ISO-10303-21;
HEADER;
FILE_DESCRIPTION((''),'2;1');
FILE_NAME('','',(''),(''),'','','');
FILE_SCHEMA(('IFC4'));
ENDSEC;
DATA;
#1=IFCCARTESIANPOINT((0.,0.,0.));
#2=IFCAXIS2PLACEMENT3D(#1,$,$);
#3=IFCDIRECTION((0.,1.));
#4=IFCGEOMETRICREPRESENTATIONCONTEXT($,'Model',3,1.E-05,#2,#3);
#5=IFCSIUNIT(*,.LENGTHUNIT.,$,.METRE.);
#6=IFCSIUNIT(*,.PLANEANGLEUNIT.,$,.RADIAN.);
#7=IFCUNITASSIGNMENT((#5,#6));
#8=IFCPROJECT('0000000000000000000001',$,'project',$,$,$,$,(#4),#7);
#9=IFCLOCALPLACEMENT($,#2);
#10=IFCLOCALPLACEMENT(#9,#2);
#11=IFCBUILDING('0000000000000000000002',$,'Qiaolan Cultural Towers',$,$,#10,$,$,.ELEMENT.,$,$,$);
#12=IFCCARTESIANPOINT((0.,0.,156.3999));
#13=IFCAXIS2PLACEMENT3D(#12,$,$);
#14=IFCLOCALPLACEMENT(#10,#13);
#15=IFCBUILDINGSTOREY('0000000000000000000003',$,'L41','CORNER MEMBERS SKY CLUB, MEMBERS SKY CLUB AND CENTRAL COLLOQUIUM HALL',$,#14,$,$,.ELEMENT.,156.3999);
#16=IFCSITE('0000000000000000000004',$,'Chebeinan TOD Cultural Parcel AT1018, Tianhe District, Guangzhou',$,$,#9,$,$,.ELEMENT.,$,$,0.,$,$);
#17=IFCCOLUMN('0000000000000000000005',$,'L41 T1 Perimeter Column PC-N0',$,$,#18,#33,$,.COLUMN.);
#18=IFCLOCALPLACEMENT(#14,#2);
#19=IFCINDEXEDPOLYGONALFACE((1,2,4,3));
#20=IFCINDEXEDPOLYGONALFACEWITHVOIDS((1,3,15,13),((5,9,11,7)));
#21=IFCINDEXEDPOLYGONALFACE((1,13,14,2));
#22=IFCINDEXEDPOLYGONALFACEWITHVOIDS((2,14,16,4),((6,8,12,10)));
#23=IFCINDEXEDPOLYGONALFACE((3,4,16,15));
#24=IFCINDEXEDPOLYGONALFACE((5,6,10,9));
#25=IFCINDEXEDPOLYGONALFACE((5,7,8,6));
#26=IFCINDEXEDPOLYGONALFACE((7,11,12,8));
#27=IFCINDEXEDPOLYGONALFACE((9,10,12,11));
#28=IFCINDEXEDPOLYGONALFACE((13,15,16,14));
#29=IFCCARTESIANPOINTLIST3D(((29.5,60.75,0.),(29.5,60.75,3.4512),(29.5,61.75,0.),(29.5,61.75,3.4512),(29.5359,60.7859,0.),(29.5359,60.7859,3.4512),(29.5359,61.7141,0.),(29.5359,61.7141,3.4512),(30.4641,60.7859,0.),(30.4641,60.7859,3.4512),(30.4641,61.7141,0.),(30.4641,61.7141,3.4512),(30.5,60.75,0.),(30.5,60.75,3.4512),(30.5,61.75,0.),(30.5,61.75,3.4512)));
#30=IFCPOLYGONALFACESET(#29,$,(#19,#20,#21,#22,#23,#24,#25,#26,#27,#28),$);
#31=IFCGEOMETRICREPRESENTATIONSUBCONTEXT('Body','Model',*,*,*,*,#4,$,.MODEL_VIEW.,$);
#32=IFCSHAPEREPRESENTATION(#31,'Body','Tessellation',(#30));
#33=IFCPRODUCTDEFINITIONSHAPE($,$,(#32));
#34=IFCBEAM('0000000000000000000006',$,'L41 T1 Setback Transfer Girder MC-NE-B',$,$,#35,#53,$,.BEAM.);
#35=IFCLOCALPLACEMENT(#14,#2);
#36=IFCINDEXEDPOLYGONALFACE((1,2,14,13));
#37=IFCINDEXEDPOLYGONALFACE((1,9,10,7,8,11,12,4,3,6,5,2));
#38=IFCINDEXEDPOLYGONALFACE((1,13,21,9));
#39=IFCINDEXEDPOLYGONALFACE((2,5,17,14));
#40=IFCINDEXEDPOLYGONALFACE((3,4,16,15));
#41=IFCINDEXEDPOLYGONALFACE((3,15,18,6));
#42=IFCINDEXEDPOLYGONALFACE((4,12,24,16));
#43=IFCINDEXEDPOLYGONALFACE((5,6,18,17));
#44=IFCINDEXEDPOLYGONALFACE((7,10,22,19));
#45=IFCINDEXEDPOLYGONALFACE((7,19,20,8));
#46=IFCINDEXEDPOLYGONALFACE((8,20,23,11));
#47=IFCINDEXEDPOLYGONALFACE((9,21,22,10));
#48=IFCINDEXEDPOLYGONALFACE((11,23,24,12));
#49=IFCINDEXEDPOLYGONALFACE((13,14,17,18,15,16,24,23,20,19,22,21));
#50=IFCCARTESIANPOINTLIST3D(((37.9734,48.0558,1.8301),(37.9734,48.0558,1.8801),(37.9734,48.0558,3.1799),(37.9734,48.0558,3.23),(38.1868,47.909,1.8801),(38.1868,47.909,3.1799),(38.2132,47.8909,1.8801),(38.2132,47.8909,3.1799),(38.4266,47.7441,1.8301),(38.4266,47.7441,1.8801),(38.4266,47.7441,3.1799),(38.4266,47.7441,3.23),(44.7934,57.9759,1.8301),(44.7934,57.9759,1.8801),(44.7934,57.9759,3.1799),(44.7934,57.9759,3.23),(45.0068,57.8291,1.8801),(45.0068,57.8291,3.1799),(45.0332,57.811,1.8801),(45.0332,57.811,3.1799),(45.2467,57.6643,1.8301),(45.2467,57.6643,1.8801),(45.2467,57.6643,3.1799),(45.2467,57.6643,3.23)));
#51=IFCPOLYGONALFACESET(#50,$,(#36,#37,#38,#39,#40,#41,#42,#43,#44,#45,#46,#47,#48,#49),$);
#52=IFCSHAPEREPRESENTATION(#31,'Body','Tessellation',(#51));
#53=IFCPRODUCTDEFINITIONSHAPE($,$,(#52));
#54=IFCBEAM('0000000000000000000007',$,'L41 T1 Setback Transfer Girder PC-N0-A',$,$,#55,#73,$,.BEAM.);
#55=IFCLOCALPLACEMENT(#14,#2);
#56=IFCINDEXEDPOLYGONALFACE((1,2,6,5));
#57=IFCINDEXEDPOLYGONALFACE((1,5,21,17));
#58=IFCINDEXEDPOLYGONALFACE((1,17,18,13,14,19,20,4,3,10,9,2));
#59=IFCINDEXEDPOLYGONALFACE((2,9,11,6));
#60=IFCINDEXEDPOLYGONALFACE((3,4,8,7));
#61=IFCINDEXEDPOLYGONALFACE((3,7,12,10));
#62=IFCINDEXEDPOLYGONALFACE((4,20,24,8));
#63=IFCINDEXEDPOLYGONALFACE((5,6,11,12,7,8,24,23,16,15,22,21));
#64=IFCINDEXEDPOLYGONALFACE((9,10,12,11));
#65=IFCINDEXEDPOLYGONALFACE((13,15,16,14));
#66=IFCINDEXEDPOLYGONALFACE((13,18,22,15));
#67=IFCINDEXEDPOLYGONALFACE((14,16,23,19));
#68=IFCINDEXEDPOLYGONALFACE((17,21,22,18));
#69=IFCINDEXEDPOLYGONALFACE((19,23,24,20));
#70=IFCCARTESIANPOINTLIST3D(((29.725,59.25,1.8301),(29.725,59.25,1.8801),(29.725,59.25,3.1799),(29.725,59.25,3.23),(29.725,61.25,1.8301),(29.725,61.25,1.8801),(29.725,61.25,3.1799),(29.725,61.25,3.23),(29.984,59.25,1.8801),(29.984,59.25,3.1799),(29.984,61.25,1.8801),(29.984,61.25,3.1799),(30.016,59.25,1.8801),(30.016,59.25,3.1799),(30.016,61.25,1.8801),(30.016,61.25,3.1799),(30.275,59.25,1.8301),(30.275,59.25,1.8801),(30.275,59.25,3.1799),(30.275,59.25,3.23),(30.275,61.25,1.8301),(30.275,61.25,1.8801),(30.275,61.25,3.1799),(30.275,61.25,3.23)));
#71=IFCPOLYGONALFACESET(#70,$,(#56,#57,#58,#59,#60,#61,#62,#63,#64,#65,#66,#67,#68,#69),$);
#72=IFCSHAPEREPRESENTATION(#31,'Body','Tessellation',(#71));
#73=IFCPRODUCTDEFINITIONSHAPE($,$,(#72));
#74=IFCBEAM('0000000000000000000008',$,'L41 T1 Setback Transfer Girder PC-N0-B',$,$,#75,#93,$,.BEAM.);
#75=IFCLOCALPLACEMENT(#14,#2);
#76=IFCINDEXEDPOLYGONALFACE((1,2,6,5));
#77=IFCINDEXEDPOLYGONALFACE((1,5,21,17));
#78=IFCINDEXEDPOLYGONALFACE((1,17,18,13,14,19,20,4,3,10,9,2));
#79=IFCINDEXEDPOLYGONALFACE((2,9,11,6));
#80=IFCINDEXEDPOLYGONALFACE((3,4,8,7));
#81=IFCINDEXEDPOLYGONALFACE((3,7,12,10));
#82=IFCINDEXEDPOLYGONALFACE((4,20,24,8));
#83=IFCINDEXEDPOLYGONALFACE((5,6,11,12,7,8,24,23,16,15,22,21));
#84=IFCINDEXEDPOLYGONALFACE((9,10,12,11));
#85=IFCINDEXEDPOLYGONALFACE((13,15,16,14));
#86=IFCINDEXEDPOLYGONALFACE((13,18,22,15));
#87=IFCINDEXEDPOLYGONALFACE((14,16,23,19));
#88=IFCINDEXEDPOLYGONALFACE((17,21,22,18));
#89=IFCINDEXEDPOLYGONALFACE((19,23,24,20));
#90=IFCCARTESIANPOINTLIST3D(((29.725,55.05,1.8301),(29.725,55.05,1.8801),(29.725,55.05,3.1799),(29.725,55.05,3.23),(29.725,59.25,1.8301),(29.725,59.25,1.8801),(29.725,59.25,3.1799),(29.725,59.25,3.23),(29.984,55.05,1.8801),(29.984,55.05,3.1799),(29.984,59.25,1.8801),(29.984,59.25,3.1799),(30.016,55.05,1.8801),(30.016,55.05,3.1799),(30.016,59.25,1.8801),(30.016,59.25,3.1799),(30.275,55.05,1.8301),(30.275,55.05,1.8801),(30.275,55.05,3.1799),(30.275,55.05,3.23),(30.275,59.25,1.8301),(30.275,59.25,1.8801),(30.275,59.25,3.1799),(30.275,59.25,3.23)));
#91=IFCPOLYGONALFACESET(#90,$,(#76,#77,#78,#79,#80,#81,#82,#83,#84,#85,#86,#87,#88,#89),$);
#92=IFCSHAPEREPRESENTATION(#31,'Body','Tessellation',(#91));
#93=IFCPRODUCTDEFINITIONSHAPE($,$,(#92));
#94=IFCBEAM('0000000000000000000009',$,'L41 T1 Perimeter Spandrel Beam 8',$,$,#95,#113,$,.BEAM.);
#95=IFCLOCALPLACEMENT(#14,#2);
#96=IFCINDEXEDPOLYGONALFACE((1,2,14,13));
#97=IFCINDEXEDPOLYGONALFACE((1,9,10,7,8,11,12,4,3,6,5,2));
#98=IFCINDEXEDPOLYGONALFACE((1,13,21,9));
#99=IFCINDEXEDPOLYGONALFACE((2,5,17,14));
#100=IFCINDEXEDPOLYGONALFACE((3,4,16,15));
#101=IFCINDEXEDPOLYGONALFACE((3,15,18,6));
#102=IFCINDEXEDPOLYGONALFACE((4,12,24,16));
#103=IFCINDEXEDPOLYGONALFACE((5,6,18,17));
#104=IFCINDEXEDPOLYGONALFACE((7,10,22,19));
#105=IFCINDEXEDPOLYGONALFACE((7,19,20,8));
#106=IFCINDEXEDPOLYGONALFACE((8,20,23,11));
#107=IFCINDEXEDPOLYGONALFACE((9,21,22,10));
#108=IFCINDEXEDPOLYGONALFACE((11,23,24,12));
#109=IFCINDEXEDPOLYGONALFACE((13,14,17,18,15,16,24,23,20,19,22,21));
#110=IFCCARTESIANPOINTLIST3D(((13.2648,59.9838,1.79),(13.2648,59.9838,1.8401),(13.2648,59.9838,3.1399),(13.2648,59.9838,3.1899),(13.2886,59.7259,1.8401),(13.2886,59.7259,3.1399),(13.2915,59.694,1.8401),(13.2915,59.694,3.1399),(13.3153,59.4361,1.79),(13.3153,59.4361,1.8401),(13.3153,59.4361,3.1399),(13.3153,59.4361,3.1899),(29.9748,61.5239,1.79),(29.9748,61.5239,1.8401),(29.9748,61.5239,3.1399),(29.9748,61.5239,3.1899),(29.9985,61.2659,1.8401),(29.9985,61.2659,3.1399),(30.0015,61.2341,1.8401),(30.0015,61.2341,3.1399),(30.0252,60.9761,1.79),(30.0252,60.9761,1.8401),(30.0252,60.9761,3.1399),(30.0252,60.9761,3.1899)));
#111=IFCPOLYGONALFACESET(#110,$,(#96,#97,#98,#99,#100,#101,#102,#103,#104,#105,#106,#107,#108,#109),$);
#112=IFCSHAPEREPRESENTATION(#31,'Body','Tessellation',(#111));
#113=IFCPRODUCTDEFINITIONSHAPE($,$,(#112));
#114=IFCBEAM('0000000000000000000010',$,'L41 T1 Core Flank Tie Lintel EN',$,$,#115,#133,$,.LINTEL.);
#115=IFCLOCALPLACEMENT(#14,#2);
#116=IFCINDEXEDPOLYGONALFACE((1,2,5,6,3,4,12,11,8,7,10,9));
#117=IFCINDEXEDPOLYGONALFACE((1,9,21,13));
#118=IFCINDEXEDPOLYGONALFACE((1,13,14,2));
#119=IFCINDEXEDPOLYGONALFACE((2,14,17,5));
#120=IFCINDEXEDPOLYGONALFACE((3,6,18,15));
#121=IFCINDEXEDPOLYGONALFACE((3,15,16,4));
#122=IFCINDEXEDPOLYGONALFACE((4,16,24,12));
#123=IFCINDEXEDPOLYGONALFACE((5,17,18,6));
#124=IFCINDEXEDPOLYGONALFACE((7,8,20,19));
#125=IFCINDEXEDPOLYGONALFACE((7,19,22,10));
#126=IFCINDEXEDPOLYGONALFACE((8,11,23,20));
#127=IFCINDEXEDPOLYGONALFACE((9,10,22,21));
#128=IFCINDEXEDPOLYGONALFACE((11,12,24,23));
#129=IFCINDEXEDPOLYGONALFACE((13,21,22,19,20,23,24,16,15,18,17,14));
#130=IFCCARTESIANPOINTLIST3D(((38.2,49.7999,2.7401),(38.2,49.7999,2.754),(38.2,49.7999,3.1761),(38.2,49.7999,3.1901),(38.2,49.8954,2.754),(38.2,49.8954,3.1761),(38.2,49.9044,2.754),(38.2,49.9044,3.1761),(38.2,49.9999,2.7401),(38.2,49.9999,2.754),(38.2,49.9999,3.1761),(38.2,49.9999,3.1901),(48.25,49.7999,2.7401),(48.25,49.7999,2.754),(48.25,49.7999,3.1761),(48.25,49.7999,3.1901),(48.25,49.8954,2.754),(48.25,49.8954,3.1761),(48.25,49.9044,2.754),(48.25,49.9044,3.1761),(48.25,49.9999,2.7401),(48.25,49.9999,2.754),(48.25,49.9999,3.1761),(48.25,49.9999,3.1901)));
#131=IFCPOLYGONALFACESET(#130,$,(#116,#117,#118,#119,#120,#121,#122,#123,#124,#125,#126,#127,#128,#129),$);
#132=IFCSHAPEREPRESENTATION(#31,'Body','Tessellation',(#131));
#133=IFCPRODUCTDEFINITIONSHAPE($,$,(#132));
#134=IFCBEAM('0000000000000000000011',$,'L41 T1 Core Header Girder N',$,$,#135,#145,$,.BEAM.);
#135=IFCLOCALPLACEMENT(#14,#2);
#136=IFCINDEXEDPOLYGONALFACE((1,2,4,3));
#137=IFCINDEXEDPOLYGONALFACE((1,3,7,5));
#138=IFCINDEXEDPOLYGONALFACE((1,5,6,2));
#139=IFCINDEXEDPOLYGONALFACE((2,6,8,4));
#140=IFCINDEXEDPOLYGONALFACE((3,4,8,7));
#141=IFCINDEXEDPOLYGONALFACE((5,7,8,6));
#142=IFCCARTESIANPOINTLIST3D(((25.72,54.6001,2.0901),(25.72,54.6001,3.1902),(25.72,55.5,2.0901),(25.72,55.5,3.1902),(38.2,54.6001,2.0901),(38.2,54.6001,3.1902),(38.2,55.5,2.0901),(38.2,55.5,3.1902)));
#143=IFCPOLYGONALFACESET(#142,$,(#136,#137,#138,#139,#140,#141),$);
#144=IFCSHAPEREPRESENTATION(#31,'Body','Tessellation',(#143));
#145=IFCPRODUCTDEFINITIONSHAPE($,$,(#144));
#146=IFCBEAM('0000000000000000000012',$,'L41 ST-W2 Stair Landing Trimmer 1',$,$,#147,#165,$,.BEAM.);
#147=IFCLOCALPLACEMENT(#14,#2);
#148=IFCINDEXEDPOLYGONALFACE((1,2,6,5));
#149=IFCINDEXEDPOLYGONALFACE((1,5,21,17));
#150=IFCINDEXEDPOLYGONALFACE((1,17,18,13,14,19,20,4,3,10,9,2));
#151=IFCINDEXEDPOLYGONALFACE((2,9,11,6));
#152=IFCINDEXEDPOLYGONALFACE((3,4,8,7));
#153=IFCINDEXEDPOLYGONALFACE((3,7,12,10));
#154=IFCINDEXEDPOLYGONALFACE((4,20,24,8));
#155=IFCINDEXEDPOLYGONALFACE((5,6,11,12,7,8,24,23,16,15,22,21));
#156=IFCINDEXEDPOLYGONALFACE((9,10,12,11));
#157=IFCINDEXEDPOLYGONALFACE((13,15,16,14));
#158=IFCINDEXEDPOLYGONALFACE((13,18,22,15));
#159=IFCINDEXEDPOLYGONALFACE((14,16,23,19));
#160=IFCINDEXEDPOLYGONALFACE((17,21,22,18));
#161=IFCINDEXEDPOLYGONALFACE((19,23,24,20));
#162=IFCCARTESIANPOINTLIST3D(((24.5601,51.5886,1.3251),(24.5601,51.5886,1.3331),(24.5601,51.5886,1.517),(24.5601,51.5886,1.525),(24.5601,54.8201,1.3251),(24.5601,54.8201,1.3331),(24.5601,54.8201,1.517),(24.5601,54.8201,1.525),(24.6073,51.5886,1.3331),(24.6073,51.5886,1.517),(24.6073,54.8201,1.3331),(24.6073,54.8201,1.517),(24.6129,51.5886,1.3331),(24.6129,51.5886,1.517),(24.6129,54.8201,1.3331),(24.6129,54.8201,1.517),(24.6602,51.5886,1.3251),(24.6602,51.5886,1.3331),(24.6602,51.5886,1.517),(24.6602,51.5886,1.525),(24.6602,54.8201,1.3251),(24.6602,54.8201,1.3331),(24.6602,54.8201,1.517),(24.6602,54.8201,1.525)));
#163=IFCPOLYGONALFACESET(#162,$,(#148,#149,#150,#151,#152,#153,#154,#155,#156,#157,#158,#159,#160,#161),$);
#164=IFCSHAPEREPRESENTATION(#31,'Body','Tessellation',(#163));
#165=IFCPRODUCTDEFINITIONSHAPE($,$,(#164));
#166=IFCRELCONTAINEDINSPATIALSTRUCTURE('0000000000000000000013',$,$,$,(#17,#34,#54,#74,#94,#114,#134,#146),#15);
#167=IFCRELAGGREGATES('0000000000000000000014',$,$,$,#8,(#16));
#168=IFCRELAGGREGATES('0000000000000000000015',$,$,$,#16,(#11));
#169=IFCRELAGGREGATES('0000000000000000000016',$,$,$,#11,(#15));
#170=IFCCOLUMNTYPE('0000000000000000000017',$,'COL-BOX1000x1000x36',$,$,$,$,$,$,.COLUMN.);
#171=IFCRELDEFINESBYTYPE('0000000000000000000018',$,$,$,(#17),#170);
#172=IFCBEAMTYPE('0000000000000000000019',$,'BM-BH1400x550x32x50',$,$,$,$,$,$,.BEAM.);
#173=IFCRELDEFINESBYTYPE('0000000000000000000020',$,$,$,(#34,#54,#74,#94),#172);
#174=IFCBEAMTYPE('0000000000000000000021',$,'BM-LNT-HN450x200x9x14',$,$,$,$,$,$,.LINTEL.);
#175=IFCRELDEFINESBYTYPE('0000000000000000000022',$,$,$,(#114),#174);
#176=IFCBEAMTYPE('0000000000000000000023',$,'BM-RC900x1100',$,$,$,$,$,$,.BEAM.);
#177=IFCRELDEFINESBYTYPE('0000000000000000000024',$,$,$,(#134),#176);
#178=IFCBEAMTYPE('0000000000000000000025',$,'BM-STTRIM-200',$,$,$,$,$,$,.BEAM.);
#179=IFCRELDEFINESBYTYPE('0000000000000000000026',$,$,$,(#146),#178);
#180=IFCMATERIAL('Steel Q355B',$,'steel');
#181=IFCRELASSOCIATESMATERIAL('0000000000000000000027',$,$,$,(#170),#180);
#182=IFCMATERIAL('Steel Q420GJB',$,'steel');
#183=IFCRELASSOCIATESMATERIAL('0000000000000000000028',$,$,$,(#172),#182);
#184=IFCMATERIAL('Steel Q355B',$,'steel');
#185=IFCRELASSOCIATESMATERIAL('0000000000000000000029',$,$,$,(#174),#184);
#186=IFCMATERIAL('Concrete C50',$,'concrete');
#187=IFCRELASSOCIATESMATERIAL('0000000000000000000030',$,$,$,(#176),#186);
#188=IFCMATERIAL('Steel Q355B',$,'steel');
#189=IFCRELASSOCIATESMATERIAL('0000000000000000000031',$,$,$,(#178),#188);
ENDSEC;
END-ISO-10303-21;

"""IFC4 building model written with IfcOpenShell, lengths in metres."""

from ifc_helpers import new_model, si_unit, direction, frame, origin, origin_2d, place, context, subcontext, project, spatial, rectangle, hollow_rectangle, i_section, extrude, material, material_profile, profile_set, type_object, element, save


model = new_model("IFC4")

# Units and contexts
model_context = context("Model", 3, precision=1e-05, world=origin(), true_north=direction((0.0, 1.0)))
body_context = subcontext(model_context, "Body", "Model", "MODEL_VIEW")
ifc_project = project(units=[si_unit("LENGTHUNIT", "METRE"), si_unit("PLANEANGLEUNIT", "RADIAN")], contexts=[model_context])

# Site, building, storey
site_placement = place(None, origin())
site = spatial("IfcSite", under=ifc_project, at=site_placement, Name="Chebeinan TOD Cultural Parcel AT1018, Tianhe District, Guangzhou", CompositionType="ELEMENT", RefElevation=0.0)
building_placement = place(site_placement, origin())
building = spatial("IfcBuilding", under=site, at=building_placement, Name="Qiaolan Cultural Towers", CompositionType="ELEMENT")
storey_placement = place(building_placement, frame((0.0, 0.0, 156.3999)))
storey = spatial("IfcBuildingStorey", under=building, at=storey_placement, Name="L41", Description="CORNER MEMBERS SKY CLUB, MEMBERS SKY CLUB AND CENTRAL COLLOQUIUM HALL", CompositionType="ELEMENT", Elevation=156.3999)

# Column
ifc_material_1 = material(Name="Steel Q355B", Category="steel")
ifc_material_profile_1 = material_profile(ifc_material_1, hollow_rectangle(XDim=1.0, YDim=1.0, WallThickness=0.0359, at=origin_2d()), Name="BOX1000x1000x36")
ifc_profile_set_1 = profile_set([ifc_material_profile_1], Name="Steel Q355B")
column_type = type_object("IfcColumnType", Name="COL-BOX1000x1000x36", PredefinedType="COLUMN", material=ifc_profile_set_1)
column_placement = place(storey_placement, frame((30.0, 61.25, 0.0), z_axis=(0.0, 0.0, 1.0), x_axis=(1.0, 0.0, 0.0)))
element("IfcColumn", 1, at=column_placement, inside=storey, type_object=column_type, Name="L41 T1 Perimeter Column PC-N0", PredefinedType="COLUMN", context=body_context, shape_type="SweptSolid", body=[
    extrude(hollow_rectangle(XDim=1.0, YDim=1.0, WallThickness=0.0359, at=origin_2d()), origin(), (0.0, 0.0, 1.0), 3.4512),
])

# Beams
ifc_material_2 = material(Name="Steel Q420GJB", Category="steel")
ifc_material_profile_2 = material_profile(ifc_material_2, i_section(OverallWidth=0.55, OverallDepth=1.3999, WebThickness=0.032, FlangeThickness=0.05, at=origin_2d()), Name="BH1400x550x32x50")
ifc_profile_set_2 = profile_set([ifc_material_profile_2], Name="Steel Q420GJB")
beam_type_1 = type_object("IfcBeamType", Name="BM-BH1400x550x32x50", PredefinedType="BEAM", material=ifc_profile_set_2)
beam_1_placement = place(storey_placement, frame((45.02, 57.8201, 2.53), z_axis=(-0.566526, -0.824044, 0.0), x_axis=(0.824044, -0.566526, 0.0)))
element("IfcBeam", 2, at=beam_1_placement, inside=storey, type_object=beam_type_1, Name="L41 T1 Setback Transfer Girder MC-NE-B", PredefinedType="BEAM", context=body_context, shape_type="SweptSolid", body=[
    extrude(i_section(OverallWidth=0.55, OverallDepth=1.3999, WebThickness=0.032, FlangeThickness=0.05, at=origin_2d()), origin(), (0.0, 0.0, 1.0), 12.0383),
])
beam_2_placement = place(storey_placement, frame((30.0, 61.25, 2.53), z_axis=(0.0, -1.0, 0.0), x_axis=(1.0, 0.0, 0.0)))
element("IfcBeam", 3, at=beam_2_placement, inside=storey, type_object=beam_type_1, Name="L41 T1 Setback Transfer Girder PC-N0-A", PredefinedType="BEAM", context=body_context, shape_type="SweptSolid", body=[
    extrude(i_section(OverallWidth=0.55, OverallDepth=1.3999, WebThickness=0.032, FlangeThickness=0.05, at=origin_2d()), origin(), (0.0, 0.0, 1.0), 2.0),
])
beam_3_placement = place(storey_placement, frame((30.0, 59.25, 2.53), z_axis=(0.0, -1.0, 0.0), x_axis=(1.0, 0.0, 0.0)))
element("IfcBeam", 4, at=beam_3_placement, inside=storey, type_object=beam_type_1, Name="L41 T1 Setback Transfer Girder PC-N0-B", PredefinedType="BEAM", context=body_context, shape_type="SweptSolid", body=[
    extrude(i_section(OverallWidth=0.55, OverallDepth=1.3999, WebThickness=0.032, FlangeThickness=0.05, at=origin_2d()), origin(), (0.0, 0.0, 1.0), 4.2),
])
beam_4_placement = place(storey_placement, frame((30.0, 61.25, 2.49), z_axis=(-0.99578, -0.091774, 0.0), x_axis=(0.091774, -0.99578, 0.0)))
element("IfcBeam", 5, at=beam_4_placement, inside=storey, type_object=beam_type_1, Name="L41 T1 Perimeter Spandrel Beam 8", PredefinedType="BEAM", context=body_context, shape_type="SweptSolid", body=[
    extrude(i_section(OverallWidth=0.55, OverallDepth=1.3999, WebThickness=0.032, FlangeThickness=0.05, at=origin_2d()), origin(), (0.0, 0.0, 1.0), 16.7808),
])
ifc_material_3 = material(Name="Steel Q355B", Category="steel")
ifc_material_profile_3 = material_profile(ifc_material_3, i_section(OverallWidth=0.2, OverallDepth=0.45, WebThickness=0.009, FlangeThickness=0.0139, at=origin_2d()), Name="HN450x200x9x14")
ifc_profile_set_3 = profile_set([ifc_material_profile_3], Name="Steel Q355B")
beam_type_2 = type_object("IfcBeamType", Name="BM-LNT-HN450x200x9x14", PredefinedType="LINTEL", material=ifc_profile_set_3)
beam_5_placement = place(storey_placement, frame((38.2, 49.8999, 2.9651), z_axis=(1.0, 0.0, 0.0), x_axis=(0.0, 1.0, 0.0)))
element("IfcBeam", 6, at=beam_5_placement, inside=storey, type_object=beam_type_2, Name="L41 T1 Core Flank Tie Lintel EN", PredefinedType="LINTEL", context=body_context, shape_type="SweptSolid", body=[
    extrude(i_section(OverallWidth=0.2, OverallDepth=0.45, WebThickness=0.009, FlangeThickness=0.0139, at=origin_2d()), origin(), (0.0, 0.0, 1.0), 10.05),
])
ifc_material_4 = material(Name="Concrete C50", Category="concrete")
ifc_material_profile_4 = material_profile(ifc_material_4, rectangle(XDim=0.8999, YDim=1.1001, at=origin_2d()), Name="RC900x1100")
ifc_profile_set_4 = profile_set([ifc_material_profile_4], Name="Concrete C50")
beam_type_3 = type_object("IfcBeamType", Name="BM-RC900x1100", PredefinedType="BEAM", material=ifc_profile_set_4)
beam_6_placement = place(storey_placement, frame((25.72, 55.05, 2.6401), z_axis=(1.0, 0.0, 0.0), x_axis=(0.0, 1.0, 0.0)))
element("IfcBeam", 7, at=beam_6_placement, inside=storey, type_object=beam_type_3, Name="L41 T1 Core Header Girder N", PredefinedType="BEAM", context=body_context, shape_type="SweptSolid", body=[
    extrude(rectangle(XDim=0.8999, YDim=1.1001, at=origin_2d()), origin(), (0.0, 0.0, 1.0), 12.48),
])
ifc_material_5 = material(Name="Steel Q355B", Category="steel")
ifc_material_profile_5 = material_profile(ifc_material_5, i_section(OverallWidth=0.1001, OverallDepth=0.2, WebThickness=0.0056, FlangeThickness=0.0081, at=origin_2d()), Name="HN200x100x5.5x8")
ifc_profile_set_5 = profile_set([ifc_material_profile_5], Name="Steel Q355B")
beam_type_4 = type_object("IfcBeamType", Name="BM-STTRIM-200", PredefinedType="BEAM", material=ifc_profile_set_5)
beam_7_placement = place(storey_placement, frame((24.6101, 51.5886, 1.425), z_axis=(0.0, 1.0, 0.0), x_axis=(-1.0, 0.0, 0.0)))
element("IfcBeam", 8, at=beam_7_placement, inside=storey, type_object=beam_type_4, Name="L41 ST-W2 Stair Landing Trimmer 1", PredefinedType="BEAM", context=body_context, shape_type="SweptSolid", body=[
    extrude(i_section(OverallWidth=0.1001, OverallDepth=0.2, WebThickness=0.0056, FlangeThickness=0.0081, at=origin_2d()), origin(), (0.0, 0.0, 1.0), 3.2314),
])

save(model, "model.ifc")
